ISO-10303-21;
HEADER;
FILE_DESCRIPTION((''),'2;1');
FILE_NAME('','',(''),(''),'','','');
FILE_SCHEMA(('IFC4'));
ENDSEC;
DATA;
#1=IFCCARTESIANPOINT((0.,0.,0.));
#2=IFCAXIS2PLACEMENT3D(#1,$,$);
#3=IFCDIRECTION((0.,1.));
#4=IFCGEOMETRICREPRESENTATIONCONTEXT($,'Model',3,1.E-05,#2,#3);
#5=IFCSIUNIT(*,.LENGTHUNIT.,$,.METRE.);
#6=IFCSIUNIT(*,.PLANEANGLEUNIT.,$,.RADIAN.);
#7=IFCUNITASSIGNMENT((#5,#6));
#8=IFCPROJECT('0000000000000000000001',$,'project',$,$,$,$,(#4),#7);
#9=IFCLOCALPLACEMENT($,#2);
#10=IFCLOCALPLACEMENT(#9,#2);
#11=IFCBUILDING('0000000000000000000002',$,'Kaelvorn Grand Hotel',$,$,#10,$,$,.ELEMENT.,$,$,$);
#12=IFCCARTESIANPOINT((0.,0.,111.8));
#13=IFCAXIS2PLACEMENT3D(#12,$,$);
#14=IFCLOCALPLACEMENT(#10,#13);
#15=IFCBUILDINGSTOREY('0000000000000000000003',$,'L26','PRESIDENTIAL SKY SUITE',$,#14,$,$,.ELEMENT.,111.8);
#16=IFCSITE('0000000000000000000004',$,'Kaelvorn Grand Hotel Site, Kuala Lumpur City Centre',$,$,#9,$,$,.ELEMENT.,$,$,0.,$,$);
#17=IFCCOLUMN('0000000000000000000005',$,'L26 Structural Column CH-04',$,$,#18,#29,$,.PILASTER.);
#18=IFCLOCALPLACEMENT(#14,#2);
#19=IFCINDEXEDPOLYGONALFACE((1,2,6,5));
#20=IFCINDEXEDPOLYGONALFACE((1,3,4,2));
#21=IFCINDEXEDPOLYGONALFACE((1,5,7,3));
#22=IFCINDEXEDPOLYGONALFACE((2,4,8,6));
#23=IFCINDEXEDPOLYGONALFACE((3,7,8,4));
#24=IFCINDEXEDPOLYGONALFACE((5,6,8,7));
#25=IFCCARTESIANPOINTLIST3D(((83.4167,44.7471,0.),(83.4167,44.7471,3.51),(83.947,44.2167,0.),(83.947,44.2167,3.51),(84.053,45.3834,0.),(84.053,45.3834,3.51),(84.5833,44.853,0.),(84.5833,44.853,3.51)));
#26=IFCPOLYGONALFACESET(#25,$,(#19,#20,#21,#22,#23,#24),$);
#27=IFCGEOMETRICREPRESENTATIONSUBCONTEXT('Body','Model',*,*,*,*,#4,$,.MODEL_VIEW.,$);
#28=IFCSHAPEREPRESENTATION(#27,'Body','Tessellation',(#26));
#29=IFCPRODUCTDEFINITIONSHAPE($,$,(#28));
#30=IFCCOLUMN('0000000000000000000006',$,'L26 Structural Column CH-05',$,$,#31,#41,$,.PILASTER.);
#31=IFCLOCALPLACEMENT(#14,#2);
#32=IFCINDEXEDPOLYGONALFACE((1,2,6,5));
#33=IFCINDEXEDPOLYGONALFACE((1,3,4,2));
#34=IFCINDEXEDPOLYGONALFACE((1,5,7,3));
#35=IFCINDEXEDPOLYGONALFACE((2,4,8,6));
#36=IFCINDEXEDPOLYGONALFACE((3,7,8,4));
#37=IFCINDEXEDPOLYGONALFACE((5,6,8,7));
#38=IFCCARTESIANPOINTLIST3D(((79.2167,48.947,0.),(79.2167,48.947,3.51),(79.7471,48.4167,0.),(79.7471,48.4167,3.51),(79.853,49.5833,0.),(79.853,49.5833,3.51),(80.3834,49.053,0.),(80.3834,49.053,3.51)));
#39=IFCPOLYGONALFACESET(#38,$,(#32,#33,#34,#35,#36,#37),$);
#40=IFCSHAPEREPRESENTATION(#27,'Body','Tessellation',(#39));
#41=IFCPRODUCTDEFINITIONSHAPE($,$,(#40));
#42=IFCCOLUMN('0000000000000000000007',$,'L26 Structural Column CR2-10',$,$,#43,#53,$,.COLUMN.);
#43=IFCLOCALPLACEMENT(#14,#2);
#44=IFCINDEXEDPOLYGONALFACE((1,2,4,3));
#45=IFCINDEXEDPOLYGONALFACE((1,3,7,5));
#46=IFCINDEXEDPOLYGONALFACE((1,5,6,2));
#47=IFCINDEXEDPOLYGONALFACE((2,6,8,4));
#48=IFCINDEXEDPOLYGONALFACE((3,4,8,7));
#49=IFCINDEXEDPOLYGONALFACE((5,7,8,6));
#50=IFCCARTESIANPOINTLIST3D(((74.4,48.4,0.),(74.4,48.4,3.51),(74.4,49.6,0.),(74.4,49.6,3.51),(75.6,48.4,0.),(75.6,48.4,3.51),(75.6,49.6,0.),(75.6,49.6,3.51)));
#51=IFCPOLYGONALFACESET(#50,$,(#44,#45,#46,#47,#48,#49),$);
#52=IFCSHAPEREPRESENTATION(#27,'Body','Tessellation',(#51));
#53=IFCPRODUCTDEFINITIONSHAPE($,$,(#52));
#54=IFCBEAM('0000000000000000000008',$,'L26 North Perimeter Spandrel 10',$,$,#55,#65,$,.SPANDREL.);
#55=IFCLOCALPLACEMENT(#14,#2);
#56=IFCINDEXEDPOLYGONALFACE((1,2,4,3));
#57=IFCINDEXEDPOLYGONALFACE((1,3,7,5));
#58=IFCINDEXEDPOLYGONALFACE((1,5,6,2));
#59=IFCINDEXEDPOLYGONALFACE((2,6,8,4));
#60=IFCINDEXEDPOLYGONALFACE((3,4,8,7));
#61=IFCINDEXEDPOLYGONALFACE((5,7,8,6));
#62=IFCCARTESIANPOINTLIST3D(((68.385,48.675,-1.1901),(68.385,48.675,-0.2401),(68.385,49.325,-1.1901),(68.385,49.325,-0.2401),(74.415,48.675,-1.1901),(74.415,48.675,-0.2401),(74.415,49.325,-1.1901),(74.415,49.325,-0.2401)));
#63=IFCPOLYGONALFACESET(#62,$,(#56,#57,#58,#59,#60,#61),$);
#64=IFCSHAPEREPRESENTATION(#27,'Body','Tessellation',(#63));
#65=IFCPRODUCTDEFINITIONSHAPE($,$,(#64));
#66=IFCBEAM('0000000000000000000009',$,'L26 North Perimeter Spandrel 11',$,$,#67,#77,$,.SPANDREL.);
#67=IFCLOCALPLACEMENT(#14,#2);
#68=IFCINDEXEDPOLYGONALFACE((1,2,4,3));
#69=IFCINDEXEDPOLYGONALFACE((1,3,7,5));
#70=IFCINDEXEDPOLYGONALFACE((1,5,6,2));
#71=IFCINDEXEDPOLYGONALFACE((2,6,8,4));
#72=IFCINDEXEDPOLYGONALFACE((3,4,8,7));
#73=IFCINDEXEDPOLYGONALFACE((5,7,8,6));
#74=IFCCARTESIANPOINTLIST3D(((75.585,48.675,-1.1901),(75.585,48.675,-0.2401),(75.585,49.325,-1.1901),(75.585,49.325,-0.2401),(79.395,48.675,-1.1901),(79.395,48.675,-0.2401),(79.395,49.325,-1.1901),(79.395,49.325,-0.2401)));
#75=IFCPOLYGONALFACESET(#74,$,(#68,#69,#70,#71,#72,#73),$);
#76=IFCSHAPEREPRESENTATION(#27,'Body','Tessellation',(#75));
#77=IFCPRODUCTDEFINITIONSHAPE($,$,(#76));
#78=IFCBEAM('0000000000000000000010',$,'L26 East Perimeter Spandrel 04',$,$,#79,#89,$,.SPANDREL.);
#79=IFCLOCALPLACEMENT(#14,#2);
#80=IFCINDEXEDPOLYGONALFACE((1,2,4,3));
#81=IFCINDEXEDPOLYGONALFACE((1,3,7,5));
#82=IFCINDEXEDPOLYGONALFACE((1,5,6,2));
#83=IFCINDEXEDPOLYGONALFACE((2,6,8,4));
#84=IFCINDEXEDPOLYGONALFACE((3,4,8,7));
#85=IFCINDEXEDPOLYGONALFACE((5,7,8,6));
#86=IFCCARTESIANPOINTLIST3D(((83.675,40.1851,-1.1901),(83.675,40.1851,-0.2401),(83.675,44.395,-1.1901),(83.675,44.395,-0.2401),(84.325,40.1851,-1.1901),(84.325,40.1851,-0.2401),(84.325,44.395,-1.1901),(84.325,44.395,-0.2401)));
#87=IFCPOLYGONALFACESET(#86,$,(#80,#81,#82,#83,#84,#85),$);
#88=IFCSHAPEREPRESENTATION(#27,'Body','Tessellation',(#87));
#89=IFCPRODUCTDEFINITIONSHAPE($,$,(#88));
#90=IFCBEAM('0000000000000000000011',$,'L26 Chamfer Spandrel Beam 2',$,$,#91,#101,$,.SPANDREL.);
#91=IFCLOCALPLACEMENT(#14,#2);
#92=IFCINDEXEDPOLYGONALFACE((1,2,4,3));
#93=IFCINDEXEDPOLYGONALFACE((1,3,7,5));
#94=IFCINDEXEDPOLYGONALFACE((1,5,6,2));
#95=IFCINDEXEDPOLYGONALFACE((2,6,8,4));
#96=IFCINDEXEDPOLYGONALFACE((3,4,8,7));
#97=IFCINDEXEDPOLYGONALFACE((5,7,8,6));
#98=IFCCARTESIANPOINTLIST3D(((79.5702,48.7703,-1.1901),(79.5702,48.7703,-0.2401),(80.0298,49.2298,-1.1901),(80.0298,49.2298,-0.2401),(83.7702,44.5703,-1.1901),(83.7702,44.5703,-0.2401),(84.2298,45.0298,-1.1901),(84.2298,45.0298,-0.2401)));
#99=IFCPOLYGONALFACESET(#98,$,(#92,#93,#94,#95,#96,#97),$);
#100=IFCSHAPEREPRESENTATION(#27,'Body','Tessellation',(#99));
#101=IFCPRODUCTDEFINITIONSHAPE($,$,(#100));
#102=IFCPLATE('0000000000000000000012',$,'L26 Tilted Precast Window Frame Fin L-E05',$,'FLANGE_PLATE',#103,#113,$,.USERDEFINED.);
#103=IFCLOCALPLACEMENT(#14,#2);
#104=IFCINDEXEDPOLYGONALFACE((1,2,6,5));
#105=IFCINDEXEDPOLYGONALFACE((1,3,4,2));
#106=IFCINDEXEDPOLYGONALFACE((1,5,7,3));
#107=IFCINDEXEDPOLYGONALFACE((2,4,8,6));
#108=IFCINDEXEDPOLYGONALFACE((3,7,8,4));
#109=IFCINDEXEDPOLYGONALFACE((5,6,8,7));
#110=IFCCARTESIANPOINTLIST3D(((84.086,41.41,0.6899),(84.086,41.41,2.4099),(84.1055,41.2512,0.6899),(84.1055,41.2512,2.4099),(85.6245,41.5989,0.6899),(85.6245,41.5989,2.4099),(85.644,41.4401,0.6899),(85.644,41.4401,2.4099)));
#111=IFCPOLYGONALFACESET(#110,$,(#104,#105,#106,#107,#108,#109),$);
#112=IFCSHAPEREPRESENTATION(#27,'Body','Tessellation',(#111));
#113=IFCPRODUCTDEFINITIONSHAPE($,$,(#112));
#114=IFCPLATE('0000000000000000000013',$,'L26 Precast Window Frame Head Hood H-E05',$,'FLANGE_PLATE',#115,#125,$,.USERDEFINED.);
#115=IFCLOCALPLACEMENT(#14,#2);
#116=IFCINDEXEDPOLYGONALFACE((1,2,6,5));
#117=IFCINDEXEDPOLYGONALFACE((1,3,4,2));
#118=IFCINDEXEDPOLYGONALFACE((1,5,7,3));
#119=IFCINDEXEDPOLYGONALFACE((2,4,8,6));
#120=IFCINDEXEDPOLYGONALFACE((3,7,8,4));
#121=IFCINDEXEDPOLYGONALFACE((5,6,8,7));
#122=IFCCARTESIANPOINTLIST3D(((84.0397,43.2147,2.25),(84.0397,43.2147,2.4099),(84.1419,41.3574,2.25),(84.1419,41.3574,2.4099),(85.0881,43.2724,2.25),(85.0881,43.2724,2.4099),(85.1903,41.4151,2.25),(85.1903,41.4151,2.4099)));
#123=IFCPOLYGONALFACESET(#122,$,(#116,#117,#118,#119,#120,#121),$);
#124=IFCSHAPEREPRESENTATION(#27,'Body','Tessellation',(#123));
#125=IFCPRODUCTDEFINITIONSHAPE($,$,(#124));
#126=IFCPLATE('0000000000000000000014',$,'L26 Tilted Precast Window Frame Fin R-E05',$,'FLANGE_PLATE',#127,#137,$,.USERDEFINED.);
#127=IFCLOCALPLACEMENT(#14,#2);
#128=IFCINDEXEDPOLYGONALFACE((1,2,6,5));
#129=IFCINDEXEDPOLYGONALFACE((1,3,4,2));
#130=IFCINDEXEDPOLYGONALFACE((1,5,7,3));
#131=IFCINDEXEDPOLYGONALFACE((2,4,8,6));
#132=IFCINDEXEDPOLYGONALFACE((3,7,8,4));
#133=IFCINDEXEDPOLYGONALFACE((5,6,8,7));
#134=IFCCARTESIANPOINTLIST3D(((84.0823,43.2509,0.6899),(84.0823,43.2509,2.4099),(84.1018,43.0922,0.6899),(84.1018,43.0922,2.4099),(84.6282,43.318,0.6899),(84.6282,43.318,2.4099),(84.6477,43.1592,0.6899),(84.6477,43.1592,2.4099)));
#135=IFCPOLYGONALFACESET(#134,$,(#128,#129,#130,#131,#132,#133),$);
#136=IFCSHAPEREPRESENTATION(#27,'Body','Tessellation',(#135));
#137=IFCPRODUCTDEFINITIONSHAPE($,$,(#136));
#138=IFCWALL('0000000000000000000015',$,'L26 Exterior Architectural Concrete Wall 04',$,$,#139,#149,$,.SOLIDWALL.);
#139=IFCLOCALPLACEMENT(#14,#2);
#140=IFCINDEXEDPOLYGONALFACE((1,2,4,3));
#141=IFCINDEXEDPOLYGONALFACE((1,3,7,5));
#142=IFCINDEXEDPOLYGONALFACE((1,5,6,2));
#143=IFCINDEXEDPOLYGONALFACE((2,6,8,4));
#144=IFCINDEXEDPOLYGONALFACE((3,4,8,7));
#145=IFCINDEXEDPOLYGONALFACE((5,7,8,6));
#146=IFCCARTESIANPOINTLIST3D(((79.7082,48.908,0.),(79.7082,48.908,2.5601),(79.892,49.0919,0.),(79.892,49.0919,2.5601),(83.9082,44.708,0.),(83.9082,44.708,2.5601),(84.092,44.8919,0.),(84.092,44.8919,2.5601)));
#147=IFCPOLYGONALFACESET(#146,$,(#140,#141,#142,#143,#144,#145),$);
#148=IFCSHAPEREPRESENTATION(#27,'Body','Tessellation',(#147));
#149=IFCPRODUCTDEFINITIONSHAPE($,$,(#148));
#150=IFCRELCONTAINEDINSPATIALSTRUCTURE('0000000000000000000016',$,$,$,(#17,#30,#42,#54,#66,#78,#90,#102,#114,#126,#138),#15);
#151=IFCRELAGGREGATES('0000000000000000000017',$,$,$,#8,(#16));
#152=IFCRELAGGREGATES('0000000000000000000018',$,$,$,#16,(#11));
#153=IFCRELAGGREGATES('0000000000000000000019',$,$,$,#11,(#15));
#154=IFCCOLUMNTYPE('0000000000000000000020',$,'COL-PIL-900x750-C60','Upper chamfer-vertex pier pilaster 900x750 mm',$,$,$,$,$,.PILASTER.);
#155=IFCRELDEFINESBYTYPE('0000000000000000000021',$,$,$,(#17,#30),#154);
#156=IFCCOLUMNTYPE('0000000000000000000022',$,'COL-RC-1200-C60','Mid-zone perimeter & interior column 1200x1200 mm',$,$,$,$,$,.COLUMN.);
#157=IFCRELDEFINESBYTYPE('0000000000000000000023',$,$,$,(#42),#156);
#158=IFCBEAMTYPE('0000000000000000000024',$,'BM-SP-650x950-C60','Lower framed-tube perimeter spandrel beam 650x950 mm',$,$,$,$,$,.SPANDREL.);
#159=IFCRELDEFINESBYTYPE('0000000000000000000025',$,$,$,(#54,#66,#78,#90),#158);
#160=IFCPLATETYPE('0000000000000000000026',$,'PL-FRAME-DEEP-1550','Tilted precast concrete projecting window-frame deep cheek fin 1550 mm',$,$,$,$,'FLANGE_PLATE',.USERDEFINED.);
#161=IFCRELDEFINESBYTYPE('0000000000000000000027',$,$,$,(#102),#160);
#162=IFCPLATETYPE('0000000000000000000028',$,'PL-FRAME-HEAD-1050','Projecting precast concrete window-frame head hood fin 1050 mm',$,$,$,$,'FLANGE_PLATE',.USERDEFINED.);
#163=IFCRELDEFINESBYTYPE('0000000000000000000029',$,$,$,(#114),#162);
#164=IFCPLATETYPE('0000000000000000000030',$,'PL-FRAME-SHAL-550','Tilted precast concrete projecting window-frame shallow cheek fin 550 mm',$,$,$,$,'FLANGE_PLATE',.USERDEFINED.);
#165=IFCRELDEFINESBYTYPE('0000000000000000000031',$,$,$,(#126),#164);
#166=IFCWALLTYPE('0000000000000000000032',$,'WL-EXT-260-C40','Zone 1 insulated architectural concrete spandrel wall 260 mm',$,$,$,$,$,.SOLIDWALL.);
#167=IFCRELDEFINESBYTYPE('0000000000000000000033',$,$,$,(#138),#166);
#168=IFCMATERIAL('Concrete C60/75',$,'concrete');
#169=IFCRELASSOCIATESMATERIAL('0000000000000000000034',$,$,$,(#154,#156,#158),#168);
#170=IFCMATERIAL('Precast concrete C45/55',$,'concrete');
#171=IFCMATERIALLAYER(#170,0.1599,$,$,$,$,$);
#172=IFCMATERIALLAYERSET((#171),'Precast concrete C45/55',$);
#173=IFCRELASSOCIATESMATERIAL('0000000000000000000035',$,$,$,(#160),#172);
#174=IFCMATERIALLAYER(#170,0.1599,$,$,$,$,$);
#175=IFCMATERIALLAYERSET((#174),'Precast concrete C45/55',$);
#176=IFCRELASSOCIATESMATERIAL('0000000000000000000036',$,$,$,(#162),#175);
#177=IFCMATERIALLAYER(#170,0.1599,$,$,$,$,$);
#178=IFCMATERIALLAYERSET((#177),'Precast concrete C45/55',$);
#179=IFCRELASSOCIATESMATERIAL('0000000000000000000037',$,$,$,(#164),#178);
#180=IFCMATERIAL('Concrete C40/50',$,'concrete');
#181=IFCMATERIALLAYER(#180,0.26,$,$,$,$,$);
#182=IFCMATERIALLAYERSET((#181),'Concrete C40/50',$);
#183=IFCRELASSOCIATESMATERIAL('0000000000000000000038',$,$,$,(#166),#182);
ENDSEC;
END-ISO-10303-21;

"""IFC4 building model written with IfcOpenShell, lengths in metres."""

from ifc_helpers import new_model, si_unit, direction, frame, frame_2d, origin, origin_2d, place, context, subcontext, project, spatial, rectangle, extrude, material, layer, layer_set, material_profile, profile_set, type_object, element, save


model = new_model("IFC4")

# Units and contexts
model_context = context("Model", 3, precision=1e-05, world=origin(), true_north=direction((0.0, 1.0)))
body_context = subcontext(model_context, "Body", "Model", "MODEL_VIEW")
ifc_project = project(units=[si_unit("LENGTHUNIT", "METRE"), si_unit("PLANEANGLEUNIT", "RADIAN")], contexts=[model_context])

# Site, building, storey
site_placement = place(None, origin())
site = spatial("IfcSite", under=ifc_project, at=site_placement, Name="Kaelvorn Grand Hotel Site, Kuala Lumpur City Centre", CompositionType="ELEMENT", RefElevation=0.0)
building_placement = place(site_placement, origin())
building = spatial("IfcBuilding", under=site, at=building_placement, Name="Kaelvorn Grand Hotel", CompositionType="ELEMENT")
storey_placement = place(building_placement, frame((0.0, 0.0, 111.8)))
storey = spatial("IfcBuildingStorey", under=building, at=storey_placement, Name="L26", Description="PRESIDENTIAL SKY SUITE", CompositionType="ELEMENT", Elevation=111.8)

# Columns
ifc_material_1 = material(Name="Concrete C60/75", Category="concrete")
ifc_material_profile_1 = material_profile(ifc_material_1, rectangle(XDim=0.8999, YDim=0.75, at=origin_2d()), Name="RC PILASTER 900x750")
ifc_profile_set_1 = profile_set([ifc_material_profile_1], Name="Concrete C60/75")
column_type_1 = type_object("IfcColumnType", Name="COL-PIL-900x750-C60", Description="Upper chamfer-vertex pier pilaster 900x750 mm", PredefinedType="PILASTER", material=ifc_profile_set_1)
for number, where, z_axis, x_axis, name in (
    (1, (84.0, 44.8, 0.0), (0.0, 0.0, 1.0), (0.707107, 0.707107, 0.0), "L26 Structural Column CH-04"),
    (2, (79.8, 49.0, 0.0), (0.0, 0.0, 1.0), (0.707107, 0.707107, 0.0), "L26 Structural Column CH-05"),
):
    element("IfcColumn", number, at=place(storey_placement, frame(where, z_axis=z_axis, x_axis=x_axis)), inside=storey, type_object=column_type_1, Name=name, PredefinedType="PILASTER", context=body_context, shape_type="SweptSolid", body=[
        extrude(rectangle(XDim=0.8999, YDim=0.75, at=origin_2d()), origin(), (0.0, 0.0, 1.0), 3.51),
    ])
ifc_material_profile_2 = material_profile(ifc_material_1, rectangle(XDim=1.2, YDim=1.2, at=origin_2d()), Name="RC COL 1200x1200")
ifc_profile_set_2 = profile_set([ifc_material_profile_2], Name="Concrete C60/75")
column_type_2 = type_object("IfcColumnType", Name="COL-RC-1200-C60", Description="Mid-zone perimeter & interior column 1200x1200 mm", PredefinedType="COLUMN", material=ifc_profile_set_2)
column_placement = place(storey_placement, frame((75.0, 49.0, 0.0), z_axis=(0.0, 0.0, 1.0), x_axis=(1.0, 0.0, 0.0)))
element("IfcColumn", 3, at=column_placement, inside=storey, type_object=column_type_2, Name="L26 Structural Column CR2-10", PredefinedType="COLUMN", context=body_context, shape_type="SweptSolid", body=[
    extrude(rectangle(XDim=1.2, YDim=1.2, at=origin_2d()), origin(), (0.0, 0.0, 1.0), 3.51),
])

# Beams
ifc_material_profile_3 = material_profile(ifc_material_1, rectangle(XDim=0.6499, YDim=0.95, at=origin_2d()), Name="RC SPANDREL 650x950")
ifc_profile_set_3 = profile_set([ifc_material_profile_3], Name="Concrete C60/75")
beam_type = type_object("IfcBeamType", Name="BM-SP-650x950-C60", Description="Lower framed-tube perimeter spandrel beam 650x950 mm", PredefinedType="SPANDREL", material=ifc_profile_set_3)
beam_1_placement = place(storey_placement, frame((68.385, 49.0, -0.7151), z_axis=(1.0, 0.0, 0.0), x_axis=(0.0, 1.0, 0.0)))
element("IfcBeam", 4, at=beam_1_placement, inside=storey, type_object=beam_type, Name="L26 North Perimeter Spandrel 10", PredefinedType="SPANDREL", context=body_context, shape_type="SweptSolid", body=[
    extrude(rectangle(XDim=0.6499, YDim=0.95, at=origin_2d()), origin(), (0.0, 0.0, 1.0), 6.03),
])
beam_2_placement = place(storey_placement, frame((75.585, 49.0, -0.7151), z_axis=(1.0, 0.0, 0.0), x_axis=(0.0, 1.0, 0.0)))
element("IfcBeam", 5, at=beam_2_placement, inside=storey, type_object=beam_type, Name="L26 North Perimeter Spandrel 11", PredefinedType="SPANDREL", context=body_context, shape_type="SweptSolid", body=[
    extrude(rectangle(XDim=0.6499, YDim=0.95, at=origin_2d()), origin(), (0.0, 0.0, 1.0), 3.8101),
])
beam_3_placement = place(storey_placement, frame((84.0, 40.1851, -0.7151), z_axis=(0.0, 1.0, 0.0), x_axis=(-1.0, 0.0, 0.0)))
element("IfcBeam", 6, at=beam_3_placement, inside=storey, type_object=beam_type, Name="L26 East Perimeter Spandrel 04", PredefinedType="SPANDREL", context=body_context, shape_type="SweptSolid", body=[
    extrude(rectangle(XDim=0.6499, YDim=0.95, at=origin_2d()), origin(), (0.0, 0.0, 1.0), 4.21),
])
beam_4_placement = place(storey_placement, frame((84.0, 44.8, -0.7151), z_axis=(-0.707107, 0.707107, 0.0), x_axis=(-0.707107, -0.707107, 0.0)))
element("IfcBeam", 7, at=beam_4_placement, inside=storey, type_object=beam_type, Name="L26 Chamfer Spandrel Beam 2", PredefinedType="SPANDREL", context=body_context, shape_type="SweptSolid", body=[
    extrude(rectangle(XDim=0.6499, YDim=0.95, at=origin_2d()), origin(), (0.0, 0.0, 1.0), 5.9397),
])

# Plates
ifc_material_2 = material(Name="Precast concrete C45/55", Category="concrete")
ifc_layer_1 = layer(ifc_material_2, 0.1599)
ifc_layer_set_1 = layer_set([ifc_layer_1], Name="Precast concrete C45/55")
plate_type_1 = type_object("IfcPlateType", Name="PL-FRAME-DEEP-1550", Description="Tilted precast concrete projecting window-frame deep cheek fin 1550 mm", ElementType="FLANGE_PLATE", PredefinedType="USERDEFINED", material=ifc_layer_set_1)
plate_1_placement = place(storey_placement, frame((84.865, 41.425, 0.6899), z_axis=(0.0, 0.0, 1.0), x_axis=(-0.121869, 0.992546, 0.0)))
element("IfcPlate", 8, at=plate_1_placement, inside=storey, type_object=plate_type_1, Name="L26 Tilted Precast Window Frame Fin L-E05", ObjectType="FLANGE_PLATE", PredefinedType="USERDEFINED", context=body_context, shape_type="SweptSolid", body=[
    extrude(rectangle(XDim=0.1599, YDim=1.55, at=origin_2d()), origin(), (0.0, 0.0, 1.0), 1.72),
])
ifc_layer_2 = layer(ifc_material_2, 0.1599)
ifc_layer_set_2 = layer_set([ifc_layer_2], Name="Precast concrete C45/55")
plate_type_2 = type_object("IfcPlateType", Name="PL-FRAME-HEAD-1050", Description="Projecting precast concrete window-frame head hood fin 1050 mm", ElementType="FLANGE_PLATE", PredefinedType="USERDEFINED", material=ifc_layer_set_2)
plate_2_placement = place(storey_placement, frame((84.615, 42.3149, 2.25), z_axis=(0.0, 0.0, 1.0), x_axis=(-0.05495, 0.998489, 0.0)))
element("IfcPlate", 9, at=plate_2_placement, inside=storey, type_object=plate_type_2, Name="L26 Precast Window Frame Head Hood H-E05", ObjectType="FLANGE_PLATE", PredefinedType="USERDEFINED", context=body_context, shape_type="SweptSolid", body=[
    extrude(rectangle(XDim=1.8601, YDim=1.05, at=origin_2d()), origin(), (0.0, 0.0, 1.0), 0.1599),
])
ifc_layer_3 = layer(ifc_material_2, 0.1599)
ifc_layer_set_3 = layer_set([ifc_layer_3], Name="Precast concrete C45/55")
plate_type_3 = type_object("IfcPlateType", Name="PL-FRAME-SHAL-550", Description="Tilted precast concrete projecting window-frame shallow cheek fin 550 mm", ElementType="FLANGE_PLATE", PredefinedType="USERDEFINED", material=ifc_layer_set_3)
plate_3_placement = place(storey_placement, frame((84.365, 43.2051, 0.6899), z_axis=(0.0, 0.0, 1.0), x_axis=(-0.121869, 0.992546, 0.0)))
element("IfcPlate", 10, at=plate_3_placement, inside=storey, type_object=plate_type_3, Name="L26 Tilted Precast Window Frame Fin R-E05", ObjectType="FLANGE_PLATE", PredefinedType="USERDEFINED", context=body_context, shape_type="SweptSolid", body=[
    extrude(rectangle(XDim=0.1599, YDim=0.55, at=origin_2d()), origin(), (0.0, 0.0, 1.0), 1.72),
])

# Wall
ifc_material_3 = material(Name="Concrete C40/50", Category="concrete")
ifc_layer_4 = layer(ifc_material_3, 0.26)
ifc_layer_set_4 = layer_set([ifc_layer_4], Name="Concrete C40/50")
wall_type = type_object("IfcWallType", Name="WL-EXT-260-C40", Description="Zone 1 insulated architectural concrete spandrel wall 260 mm", PredefinedType="SOLIDWALL", material=ifc_layer_set_4)
wall_1_placement = place(storey_placement, frame((84.0, 44.8, 0.0), z_axis=(0.0, 0.0, 1.0), x_axis=(-0.707107, 0.707107, 0.0)))
element("IfcWall", 11, at=wall_1_placement, inside=storey, type_object=wall_type, Name="L26 Exterior Architectural Concrete Wall 04", PredefinedType="SOLIDWALL", context=body_context, shape_type="SweptSolid", body=[
    extrude(rectangle(XDim=5.9397, YDim=0.26, at=frame_2d((2.9697, 0.0))), origin(), (0.0, 0.0, 1.0), 2.5601),
])

save(model, "model.ifc")
